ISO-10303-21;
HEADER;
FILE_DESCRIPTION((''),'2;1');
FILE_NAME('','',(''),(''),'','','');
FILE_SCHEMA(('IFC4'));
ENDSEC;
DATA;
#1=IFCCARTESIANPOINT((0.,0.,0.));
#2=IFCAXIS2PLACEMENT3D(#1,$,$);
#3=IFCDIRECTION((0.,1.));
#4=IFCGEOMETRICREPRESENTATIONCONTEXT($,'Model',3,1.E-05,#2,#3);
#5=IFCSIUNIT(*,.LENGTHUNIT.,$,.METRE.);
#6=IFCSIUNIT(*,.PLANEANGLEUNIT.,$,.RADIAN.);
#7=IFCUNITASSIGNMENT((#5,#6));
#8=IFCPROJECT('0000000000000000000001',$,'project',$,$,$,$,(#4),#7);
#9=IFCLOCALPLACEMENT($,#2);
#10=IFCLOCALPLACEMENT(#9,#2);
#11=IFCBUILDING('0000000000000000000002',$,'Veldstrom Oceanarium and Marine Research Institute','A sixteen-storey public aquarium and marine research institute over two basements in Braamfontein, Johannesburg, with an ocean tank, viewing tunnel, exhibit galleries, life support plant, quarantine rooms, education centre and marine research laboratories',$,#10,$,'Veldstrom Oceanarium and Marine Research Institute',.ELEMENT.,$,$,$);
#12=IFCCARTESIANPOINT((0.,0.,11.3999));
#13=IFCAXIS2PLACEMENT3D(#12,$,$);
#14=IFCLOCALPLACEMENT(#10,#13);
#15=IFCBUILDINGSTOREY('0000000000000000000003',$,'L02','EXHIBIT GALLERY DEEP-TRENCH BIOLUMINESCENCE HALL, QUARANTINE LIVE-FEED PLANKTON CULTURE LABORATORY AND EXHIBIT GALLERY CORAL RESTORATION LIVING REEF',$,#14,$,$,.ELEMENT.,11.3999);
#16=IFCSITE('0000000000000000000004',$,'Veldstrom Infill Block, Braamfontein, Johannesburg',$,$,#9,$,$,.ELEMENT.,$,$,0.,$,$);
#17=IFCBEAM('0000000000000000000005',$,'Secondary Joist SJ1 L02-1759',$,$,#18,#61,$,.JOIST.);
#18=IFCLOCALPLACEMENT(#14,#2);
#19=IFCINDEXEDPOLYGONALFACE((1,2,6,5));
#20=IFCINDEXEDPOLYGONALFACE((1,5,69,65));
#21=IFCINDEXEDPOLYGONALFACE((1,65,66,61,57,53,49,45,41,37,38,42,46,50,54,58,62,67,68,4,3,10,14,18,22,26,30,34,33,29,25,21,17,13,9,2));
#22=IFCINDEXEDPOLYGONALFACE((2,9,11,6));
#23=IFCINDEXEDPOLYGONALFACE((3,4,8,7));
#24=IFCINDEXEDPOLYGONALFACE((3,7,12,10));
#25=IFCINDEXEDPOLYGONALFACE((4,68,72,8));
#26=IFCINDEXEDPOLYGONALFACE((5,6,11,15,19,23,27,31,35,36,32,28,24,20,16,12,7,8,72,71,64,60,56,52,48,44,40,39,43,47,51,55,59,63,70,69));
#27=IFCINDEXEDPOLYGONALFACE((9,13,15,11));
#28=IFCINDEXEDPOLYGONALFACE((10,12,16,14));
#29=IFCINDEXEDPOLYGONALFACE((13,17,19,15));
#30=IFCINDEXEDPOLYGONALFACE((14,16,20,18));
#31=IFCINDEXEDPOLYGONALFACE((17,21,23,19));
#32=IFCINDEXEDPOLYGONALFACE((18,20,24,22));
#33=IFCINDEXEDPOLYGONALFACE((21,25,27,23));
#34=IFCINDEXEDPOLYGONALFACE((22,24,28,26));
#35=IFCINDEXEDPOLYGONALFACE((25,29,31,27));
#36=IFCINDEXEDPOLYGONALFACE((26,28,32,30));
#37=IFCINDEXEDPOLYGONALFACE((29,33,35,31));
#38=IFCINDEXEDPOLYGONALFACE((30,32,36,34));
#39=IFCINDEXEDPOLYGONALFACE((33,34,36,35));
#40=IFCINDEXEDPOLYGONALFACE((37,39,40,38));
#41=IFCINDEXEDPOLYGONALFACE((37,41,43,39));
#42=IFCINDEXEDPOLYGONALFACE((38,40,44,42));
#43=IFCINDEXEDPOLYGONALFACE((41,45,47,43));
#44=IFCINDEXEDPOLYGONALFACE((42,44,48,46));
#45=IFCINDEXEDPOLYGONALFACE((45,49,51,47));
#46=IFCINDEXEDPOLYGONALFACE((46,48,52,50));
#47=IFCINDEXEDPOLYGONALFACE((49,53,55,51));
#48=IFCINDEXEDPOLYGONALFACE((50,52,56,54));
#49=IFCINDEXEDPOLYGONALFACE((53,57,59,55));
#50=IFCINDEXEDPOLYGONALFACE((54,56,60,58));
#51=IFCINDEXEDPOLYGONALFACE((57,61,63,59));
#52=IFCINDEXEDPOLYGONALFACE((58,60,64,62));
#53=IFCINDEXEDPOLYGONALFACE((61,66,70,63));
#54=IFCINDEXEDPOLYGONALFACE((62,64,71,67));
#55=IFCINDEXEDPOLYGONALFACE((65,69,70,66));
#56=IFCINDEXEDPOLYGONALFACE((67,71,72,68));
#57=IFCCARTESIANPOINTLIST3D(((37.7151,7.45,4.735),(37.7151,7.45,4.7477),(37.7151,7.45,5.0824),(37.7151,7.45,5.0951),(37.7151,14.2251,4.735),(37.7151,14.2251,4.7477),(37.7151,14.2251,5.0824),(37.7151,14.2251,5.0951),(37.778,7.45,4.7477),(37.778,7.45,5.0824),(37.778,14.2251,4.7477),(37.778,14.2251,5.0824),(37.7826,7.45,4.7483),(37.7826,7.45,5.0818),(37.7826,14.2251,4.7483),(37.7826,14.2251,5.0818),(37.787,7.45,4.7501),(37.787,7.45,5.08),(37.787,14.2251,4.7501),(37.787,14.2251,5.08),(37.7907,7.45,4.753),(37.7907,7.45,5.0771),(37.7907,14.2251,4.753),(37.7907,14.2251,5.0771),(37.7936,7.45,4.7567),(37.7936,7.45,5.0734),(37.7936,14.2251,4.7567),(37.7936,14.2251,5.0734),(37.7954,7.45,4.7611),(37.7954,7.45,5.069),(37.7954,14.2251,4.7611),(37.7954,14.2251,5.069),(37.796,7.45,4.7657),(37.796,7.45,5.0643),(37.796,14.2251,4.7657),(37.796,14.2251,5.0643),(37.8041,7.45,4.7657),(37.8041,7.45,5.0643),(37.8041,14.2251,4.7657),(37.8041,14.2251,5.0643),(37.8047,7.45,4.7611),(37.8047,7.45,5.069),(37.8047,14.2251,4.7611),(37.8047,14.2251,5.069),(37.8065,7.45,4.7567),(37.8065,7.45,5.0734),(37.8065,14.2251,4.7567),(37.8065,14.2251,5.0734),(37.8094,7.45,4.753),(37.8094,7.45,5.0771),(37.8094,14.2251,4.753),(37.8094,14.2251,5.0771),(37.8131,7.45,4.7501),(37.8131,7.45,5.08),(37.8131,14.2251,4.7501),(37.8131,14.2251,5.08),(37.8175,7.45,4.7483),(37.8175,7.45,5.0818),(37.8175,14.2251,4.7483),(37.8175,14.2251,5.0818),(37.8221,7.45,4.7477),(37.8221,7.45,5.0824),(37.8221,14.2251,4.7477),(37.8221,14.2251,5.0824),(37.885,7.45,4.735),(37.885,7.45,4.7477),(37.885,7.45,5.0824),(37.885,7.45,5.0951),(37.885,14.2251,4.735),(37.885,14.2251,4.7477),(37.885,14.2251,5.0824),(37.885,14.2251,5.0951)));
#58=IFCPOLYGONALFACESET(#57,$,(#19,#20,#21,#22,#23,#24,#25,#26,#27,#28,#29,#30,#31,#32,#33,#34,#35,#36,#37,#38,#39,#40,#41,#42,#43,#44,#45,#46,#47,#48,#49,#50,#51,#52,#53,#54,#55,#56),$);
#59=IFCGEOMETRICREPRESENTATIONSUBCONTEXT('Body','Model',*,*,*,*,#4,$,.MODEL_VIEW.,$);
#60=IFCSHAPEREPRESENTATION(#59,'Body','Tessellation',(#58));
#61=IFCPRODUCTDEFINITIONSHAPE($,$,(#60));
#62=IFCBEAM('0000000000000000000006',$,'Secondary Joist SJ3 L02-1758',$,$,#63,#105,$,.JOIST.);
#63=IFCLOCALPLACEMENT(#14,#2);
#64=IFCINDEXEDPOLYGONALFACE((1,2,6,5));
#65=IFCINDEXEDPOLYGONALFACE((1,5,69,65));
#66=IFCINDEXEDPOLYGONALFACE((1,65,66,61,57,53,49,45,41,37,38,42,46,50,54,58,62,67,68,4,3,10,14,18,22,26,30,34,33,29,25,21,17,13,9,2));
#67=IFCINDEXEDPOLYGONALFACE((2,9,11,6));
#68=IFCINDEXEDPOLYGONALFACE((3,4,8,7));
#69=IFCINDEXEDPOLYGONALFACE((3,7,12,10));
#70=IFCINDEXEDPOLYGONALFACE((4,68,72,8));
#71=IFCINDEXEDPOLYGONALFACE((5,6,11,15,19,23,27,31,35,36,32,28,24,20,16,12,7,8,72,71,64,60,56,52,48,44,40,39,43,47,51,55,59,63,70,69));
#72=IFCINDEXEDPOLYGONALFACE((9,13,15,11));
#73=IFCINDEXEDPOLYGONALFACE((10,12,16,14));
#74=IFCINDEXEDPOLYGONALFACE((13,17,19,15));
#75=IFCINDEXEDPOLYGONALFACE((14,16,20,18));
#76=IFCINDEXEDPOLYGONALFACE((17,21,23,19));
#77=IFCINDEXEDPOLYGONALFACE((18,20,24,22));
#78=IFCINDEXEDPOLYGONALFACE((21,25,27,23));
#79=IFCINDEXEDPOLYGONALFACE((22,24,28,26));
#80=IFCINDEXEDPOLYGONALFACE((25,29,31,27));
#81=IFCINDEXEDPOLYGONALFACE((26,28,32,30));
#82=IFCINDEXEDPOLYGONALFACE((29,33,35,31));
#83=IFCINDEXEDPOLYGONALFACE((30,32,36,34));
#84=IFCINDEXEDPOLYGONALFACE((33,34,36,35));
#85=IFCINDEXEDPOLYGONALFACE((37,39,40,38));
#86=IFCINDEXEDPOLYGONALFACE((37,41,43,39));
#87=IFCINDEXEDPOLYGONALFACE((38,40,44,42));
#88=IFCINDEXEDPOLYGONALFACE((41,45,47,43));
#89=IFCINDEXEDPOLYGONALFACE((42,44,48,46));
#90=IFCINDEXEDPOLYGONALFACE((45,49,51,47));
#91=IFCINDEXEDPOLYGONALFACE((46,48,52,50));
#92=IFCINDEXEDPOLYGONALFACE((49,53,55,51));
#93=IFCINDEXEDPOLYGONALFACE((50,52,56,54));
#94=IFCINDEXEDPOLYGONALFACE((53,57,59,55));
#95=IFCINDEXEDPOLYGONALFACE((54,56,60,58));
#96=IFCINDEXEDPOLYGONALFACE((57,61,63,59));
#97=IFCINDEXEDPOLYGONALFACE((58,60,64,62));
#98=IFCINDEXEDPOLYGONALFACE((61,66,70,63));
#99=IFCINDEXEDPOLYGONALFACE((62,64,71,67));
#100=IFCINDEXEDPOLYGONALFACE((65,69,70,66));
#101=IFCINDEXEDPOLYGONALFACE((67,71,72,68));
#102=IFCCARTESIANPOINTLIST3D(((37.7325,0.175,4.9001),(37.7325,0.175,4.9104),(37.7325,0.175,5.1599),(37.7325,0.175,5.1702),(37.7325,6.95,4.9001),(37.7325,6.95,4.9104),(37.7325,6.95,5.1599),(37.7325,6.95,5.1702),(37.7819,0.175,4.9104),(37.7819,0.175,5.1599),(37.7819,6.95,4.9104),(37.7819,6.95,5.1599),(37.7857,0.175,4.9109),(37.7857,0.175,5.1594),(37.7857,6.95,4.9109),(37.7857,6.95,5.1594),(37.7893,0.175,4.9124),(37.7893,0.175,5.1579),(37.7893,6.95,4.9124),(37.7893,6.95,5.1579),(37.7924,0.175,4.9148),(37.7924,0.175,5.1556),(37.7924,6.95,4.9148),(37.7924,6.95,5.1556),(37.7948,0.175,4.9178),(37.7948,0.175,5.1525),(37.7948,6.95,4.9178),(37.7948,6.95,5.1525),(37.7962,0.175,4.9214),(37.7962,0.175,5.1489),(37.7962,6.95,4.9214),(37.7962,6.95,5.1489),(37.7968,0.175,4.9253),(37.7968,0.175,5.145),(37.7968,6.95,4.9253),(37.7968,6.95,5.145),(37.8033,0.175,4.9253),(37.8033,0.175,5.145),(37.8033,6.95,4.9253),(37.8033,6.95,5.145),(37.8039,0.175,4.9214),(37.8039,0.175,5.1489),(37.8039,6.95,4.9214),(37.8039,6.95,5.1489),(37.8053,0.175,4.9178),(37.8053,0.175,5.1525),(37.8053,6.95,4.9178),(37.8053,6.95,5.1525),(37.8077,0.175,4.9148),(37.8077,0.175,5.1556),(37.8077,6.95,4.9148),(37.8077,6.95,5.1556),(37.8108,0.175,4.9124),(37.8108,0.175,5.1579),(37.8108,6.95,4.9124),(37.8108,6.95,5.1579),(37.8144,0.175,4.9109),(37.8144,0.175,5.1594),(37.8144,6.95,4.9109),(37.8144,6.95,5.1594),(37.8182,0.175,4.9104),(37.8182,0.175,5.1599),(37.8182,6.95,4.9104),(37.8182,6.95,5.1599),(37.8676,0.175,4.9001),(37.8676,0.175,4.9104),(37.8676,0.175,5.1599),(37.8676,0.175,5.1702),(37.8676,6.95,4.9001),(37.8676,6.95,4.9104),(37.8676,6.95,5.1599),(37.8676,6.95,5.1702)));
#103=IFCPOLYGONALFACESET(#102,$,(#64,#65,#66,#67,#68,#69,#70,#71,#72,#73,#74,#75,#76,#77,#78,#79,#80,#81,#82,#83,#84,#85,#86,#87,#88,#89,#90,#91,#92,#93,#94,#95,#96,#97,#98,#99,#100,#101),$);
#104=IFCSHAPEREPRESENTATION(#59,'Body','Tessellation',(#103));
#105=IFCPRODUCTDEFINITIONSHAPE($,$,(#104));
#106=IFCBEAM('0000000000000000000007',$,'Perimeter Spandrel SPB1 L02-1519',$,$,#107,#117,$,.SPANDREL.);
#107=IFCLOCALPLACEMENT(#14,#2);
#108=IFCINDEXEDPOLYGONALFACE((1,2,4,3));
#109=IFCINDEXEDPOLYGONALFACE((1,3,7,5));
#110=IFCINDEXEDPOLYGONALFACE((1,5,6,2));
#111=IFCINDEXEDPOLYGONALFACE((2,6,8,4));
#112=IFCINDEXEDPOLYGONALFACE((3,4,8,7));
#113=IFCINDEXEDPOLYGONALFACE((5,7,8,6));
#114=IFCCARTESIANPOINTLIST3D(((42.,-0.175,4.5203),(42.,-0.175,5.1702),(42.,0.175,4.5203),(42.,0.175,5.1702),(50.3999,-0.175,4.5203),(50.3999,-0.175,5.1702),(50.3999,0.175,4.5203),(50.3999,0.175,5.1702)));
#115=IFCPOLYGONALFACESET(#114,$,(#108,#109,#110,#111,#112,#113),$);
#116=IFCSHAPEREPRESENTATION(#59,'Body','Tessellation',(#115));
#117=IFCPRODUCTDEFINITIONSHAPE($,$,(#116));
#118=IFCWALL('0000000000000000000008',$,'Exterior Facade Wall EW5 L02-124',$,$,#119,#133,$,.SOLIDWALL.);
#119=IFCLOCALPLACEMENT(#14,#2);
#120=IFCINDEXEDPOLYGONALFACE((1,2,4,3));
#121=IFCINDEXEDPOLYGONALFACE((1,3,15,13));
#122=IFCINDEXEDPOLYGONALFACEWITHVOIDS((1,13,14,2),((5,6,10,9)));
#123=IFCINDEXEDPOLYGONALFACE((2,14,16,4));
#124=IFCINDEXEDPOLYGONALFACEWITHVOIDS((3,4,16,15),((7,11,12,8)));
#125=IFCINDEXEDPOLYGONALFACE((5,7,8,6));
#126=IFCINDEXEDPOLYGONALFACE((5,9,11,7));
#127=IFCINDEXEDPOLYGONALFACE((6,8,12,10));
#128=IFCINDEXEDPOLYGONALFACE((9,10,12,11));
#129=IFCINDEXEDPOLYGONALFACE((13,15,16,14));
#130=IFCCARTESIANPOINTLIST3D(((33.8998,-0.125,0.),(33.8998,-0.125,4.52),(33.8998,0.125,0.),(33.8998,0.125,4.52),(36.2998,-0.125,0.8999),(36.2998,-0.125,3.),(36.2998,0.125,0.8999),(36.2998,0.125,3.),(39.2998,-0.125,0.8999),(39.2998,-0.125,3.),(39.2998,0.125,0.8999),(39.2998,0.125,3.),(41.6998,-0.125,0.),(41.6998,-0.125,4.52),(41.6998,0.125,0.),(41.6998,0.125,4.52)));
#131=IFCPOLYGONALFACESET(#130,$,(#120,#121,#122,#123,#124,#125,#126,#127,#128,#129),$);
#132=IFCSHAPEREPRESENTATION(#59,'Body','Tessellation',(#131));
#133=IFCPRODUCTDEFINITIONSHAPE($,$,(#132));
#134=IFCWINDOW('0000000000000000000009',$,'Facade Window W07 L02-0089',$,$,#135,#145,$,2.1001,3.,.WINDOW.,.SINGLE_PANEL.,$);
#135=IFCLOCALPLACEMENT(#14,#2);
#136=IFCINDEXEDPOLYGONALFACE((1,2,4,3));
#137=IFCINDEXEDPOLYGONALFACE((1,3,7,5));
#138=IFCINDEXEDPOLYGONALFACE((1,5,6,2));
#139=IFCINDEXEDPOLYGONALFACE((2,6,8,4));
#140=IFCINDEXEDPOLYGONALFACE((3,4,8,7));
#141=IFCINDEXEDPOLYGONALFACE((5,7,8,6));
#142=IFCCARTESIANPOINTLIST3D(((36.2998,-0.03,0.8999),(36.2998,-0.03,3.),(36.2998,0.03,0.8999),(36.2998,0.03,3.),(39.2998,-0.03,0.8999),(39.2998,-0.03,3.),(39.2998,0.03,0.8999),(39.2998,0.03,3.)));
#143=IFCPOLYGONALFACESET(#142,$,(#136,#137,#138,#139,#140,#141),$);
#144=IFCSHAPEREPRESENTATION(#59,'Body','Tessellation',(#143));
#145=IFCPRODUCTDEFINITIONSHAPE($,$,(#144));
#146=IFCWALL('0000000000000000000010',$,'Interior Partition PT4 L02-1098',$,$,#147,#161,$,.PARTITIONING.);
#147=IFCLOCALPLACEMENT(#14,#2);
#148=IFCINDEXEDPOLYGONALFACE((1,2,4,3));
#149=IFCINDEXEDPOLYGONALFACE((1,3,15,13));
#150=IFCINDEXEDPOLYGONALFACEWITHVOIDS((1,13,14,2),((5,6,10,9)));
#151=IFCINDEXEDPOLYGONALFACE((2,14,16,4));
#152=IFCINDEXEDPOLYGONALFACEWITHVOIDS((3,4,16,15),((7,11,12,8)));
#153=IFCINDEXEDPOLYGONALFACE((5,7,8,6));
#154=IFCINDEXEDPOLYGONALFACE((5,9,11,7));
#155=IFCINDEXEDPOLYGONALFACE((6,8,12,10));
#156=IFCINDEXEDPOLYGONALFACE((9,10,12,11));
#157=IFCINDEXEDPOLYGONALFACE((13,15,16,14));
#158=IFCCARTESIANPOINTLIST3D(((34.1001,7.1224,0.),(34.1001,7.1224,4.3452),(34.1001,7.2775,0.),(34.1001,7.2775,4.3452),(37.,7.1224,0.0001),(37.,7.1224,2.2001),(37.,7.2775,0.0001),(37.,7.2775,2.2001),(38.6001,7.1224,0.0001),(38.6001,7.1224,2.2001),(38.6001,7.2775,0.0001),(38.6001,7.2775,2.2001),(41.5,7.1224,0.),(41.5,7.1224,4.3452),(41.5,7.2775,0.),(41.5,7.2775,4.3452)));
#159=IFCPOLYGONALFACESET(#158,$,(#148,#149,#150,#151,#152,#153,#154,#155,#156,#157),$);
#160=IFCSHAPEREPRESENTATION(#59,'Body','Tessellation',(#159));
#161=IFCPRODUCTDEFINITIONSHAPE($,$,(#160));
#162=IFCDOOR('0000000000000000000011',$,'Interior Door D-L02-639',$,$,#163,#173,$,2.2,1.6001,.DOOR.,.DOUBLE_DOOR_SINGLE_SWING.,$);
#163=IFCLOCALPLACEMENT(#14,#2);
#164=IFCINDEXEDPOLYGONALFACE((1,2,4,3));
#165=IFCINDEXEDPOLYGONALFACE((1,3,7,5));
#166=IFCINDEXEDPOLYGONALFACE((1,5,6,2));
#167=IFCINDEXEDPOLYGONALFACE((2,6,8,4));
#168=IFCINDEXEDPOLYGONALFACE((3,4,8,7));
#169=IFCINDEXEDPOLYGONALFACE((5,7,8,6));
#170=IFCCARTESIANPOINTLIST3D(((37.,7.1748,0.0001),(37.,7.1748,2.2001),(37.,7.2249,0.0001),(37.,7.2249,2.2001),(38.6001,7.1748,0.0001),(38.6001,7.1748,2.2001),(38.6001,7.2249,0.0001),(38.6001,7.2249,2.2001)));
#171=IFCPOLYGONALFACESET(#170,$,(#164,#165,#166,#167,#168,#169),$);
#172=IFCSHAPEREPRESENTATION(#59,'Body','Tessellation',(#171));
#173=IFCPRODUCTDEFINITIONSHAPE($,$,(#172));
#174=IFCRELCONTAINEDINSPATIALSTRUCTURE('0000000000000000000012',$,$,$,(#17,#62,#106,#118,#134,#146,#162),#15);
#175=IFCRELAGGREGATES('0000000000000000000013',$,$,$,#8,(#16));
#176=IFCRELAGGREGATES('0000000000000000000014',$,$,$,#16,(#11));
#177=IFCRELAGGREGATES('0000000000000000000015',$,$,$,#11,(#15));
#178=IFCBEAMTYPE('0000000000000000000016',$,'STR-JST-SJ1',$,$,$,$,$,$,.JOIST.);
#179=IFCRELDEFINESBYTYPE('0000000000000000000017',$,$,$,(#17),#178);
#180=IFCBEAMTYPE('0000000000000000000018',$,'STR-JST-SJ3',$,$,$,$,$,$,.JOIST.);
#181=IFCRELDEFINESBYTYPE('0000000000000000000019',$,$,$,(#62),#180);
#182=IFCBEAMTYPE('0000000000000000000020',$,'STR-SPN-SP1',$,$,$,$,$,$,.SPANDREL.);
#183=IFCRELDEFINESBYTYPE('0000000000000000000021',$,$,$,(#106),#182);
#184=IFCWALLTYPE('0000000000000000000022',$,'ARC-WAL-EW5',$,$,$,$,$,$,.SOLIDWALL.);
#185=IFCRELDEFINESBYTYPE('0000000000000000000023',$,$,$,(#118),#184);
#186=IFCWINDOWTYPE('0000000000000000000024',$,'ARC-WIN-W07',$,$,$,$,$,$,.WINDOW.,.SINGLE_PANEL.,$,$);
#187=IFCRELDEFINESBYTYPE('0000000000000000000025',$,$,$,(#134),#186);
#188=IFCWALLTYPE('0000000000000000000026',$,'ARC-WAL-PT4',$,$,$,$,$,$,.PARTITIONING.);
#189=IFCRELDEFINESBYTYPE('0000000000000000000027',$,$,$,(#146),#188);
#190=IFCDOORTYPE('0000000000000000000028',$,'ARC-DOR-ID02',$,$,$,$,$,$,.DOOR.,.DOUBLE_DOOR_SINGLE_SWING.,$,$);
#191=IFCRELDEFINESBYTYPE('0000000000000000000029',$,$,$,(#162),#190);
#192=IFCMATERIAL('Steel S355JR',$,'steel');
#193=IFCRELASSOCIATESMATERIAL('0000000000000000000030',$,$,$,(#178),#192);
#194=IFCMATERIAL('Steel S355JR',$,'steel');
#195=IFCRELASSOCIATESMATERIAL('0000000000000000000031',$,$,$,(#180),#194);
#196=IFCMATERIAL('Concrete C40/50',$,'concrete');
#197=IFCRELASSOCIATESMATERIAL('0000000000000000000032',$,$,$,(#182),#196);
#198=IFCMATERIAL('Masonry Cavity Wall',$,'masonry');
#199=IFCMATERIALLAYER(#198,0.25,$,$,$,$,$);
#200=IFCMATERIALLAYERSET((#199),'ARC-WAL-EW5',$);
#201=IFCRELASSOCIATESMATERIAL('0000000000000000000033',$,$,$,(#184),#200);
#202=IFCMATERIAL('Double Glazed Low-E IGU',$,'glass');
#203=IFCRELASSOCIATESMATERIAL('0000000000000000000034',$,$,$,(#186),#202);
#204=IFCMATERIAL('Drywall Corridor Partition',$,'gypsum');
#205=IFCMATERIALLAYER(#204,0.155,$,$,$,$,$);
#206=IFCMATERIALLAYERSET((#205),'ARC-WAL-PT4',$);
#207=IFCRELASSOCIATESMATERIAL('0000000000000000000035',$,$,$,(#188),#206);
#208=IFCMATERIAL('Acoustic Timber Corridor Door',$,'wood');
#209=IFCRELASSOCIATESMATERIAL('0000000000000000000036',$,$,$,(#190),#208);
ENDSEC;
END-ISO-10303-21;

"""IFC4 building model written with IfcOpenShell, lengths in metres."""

from ifc_helpers import new_model, si_unit, direction, frame, frame_2d, origin, origin_2d, place, context, subcontext, project, spatial, rectangle, i_section, extrude, material, layer, layer_set, material_profile, profile_set, type_object, element, fill, save


model = new_model("IFC4")

# Units and contexts
model_context = context("Model", 3, precision=1e-05, world=origin(), true_north=direction((0.0, 1.0)))
body_context = subcontext(model_context, "Body", "Model", "MODEL_VIEW")
ifc_project = project(units=[si_unit("LENGTHUNIT", "METRE"), si_unit("PLANEANGLEUNIT", "RADIAN")], contexts=[model_context])

# Site, building, storey
site_placement = place(None, origin())
site = spatial("IfcSite", under=ifc_project, at=site_placement, Name="Veldstrom Infill Block, Braamfontein, Johannesburg", CompositionType="ELEMENT", RefElevation=0.0)
building_placement = place(site_placement, origin())
building = spatial("IfcBuilding", under=site, at=building_placement, Name="Veldstrom Oceanarium and Marine Research Institute", Description="A sixteen-storey public aquarium and marine research institute over two basements in Braamfontein, Johannesburg, with an ocean tank, viewing tunnel, exhibit galleries, life support plant, quarantine rooms, education centre and marine research laboratories", LongName="Veldstrom Oceanarium and Marine Research Institute", CompositionType="ELEMENT")
storey_placement = place(building_placement, frame((0.0, 0.0, 11.3999)))
storey = spatial("IfcBuildingStorey", under=building, at=storey_placement, Name="L02", Description="EXHIBIT GALLERY DEEP-TRENCH BIOLUMINESCENCE HALL, QUARANTINE LIVE-FEED PLANKTON CULTURE LABORATORY AND EXHIBIT GALLERY CORAL RESTORATION LIVING REEF", CompositionType="ELEMENT", Elevation=11.3999)

# Beams
ifc_material_1 = material(Name="Steel S355JR", Category="steel")
ifc_material_profile_1 = material_profile(ifc_material_1, i_section(OverallWidth=0.1699, OverallDepth=0.3601, WebThickness=0.0081, FlangeThickness=0.0127, FilletRadius=0.0181, at=origin_2d()), Name="IPE 360")
ifc_profile_set_1 = profile_set([ifc_material_profile_1], Name="Steel S355JR")
beam_type_1 = type_object("IfcBeamType", Name="STR-JST-SJ1", PredefinedType="JOIST", material=ifc_profile_set_1)
beam_1_placement = place(storey_placement, frame((37.8, 7.45, 4.915), z_axis=(0.0, 1.0, 0.0), x_axis=(-1.0, 0.0, 0.0)))
element("IfcBeam", 1, at=beam_1_placement, inside=storey, type_object=beam_type_1, Name="Secondary Joist SJ1 L02-1759", PredefinedType="JOIST", context=body_context, shape_type="SweptSolid", body=[
    extrude(i_section(OverallWidth=0.1699, OverallDepth=0.3601, WebThickness=0.0081, FlangeThickness=0.0127, FilletRadius=0.0181, at=origin_2d()), origin(), (0.0, 0.0, 1.0), 6.7751),
])
ifc_material_2 = material(Name="Steel S355JR", Category="steel")
ifc_material_profile_2 = material_profile(ifc_material_2, i_section(OverallWidth=0.135, OverallDepth=0.27, WebThickness=0.0066, FlangeThickness=0.0103, FilletRadius=0.0149, at=origin_2d()), Name="IPE 270")
ifc_profile_set_2 = profile_set([ifc_material_profile_2], Name="Steel S355JR")
beam_type_2 = type_object("IfcBeamType", Name="STR-JST-SJ3", PredefinedType="JOIST", material=ifc_profile_set_2)
beam_2_placement = place(storey_placement, frame((37.8, 0.175, 5.0352), z_axis=(0.0, 1.0, 0.0), x_axis=(-1.0, 0.0, 0.0)))
element("IfcBeam", 2, at=beam_2_placement, inside=storey, type_object=beam_type_2, Name="Secondary Joist SJ3 L02-1758", PredefinedType="JOIST", context=body_context, shape_type="SweptSolid", body=[
    extrude(i_section(OverallWidth=0.135, OverallDepth=0.27, WebThickness=0.0066, FlangeThickness=0.0103, FilletRadius=0.0149, at=origin_2d()), origin(), (0.0, 0.0, 1.0), 6.7749),
])
ifc_material_3 = material(Name="Concrete C40/50", Category="concrete")
ifc_material_profile_3 = material_profile(ifc_material_3, rectangle(XDim=0.3501, YDim=0.6499, at=origin_2d()), Name="RC-SPN-350x650")
ifc_profile_set_3 = profile_set([ifc_material_profile_3], Name="Concrete C40/50")
beam_type_3 = type_object("IfcBeamType", Name="STR-SPN-SP1", PredefinedType="SPANDREL", material=ifc_profile_set_3)
beam_3_placement = place(storey_placement, frame((42.0, 0.0, 4.8452), z_axis=(1.0, 0.0, 0.0), x_axis=(0.0, 1.0, 0.0)))
element("IfcBeam", 3, at=beam_3_placement, inside=storey, type_object=beam_type_3, Name="Perimeter Spandrel SPB1 L02-1519", PredefinedType="SPANDREL", context=body_context, shape_type="SweptSolid", body=[
    extrude(rectangle(XDim=0.3501, YDim=0.6499, at=origin_2d()), origin(), (0.0, 0.0, 1.0), 8.3999),
])

# Wall, opening, window
ifc_material_4 = material(Name="Masonry Cavity Wall", Category="masonry")
ifc_layer_1 = layer(ifc_material_4, 0.25)
ifc_layer_set_1 = layer_set([ifc_layer_1], Name="ARC-WAL-EW5")
wall_type_1 = type_object("IfcWallType", Name="ARC-WAL-EW5", PredefinedType="SOLIDWALL", material=ifc_layer_set_1)
wall_1_placement = place(storey_placement, frame((33.8999, 0.0, 0.0), z_axis=(0.0, 0.0, 1.0), x_axis=(1.0, 0.0, 0.0)))
wall_1 = element("IfcWall", 4, at=wall_1_placement, inside=storey, type_object=wall_type_1, Name="Exterior Facade Wall EW5 L02-124", PredefinedType="SOLIDWALL", context=body_context, shape_type="SweptSolid", body=[
    extrude(rectangle(XDim=7.8, YDim=0.25, at=frame_2d((3.8999, 0.0))), origin(), (0.0, 0.0, 1.0), 4.52),
])
opening_1_placement = place(wall_1_placement, frame((2.3999, 0.0, 0.8999)))
opening_1 = element("IfcOpeningElement", 5, at=opening_1_placement, cuts=wall_1, PredefinedType="OPENING", context=body_context, shape_type="SweptSolid", body=[
    extrude(rectangle(XDim=3.0, YDim=2.1001, at=frame_2d((1.5, 1.05))), frame((0.0, 0.135, 0.0), z_axis=(0.0, -1.0, 0.0), x_axis=(1.0, 0.0, 0.0)), (0.0, 0.0, 1.0), 0.27),
])
ifc_material_5 = material(Name="Double Glazed Low-E IGU", Category="glass")
window_type = type_object("IfcWindowType", Name="ARC-WIN-W07", PartitioningType="SINGLE_PANEL", PredefinedType="WINDOW", material=ifc_material_5)
window_placement = place(opening_1_placement, origin())
window = element("IfcWindow", 6, at=window_placement, inside=storey, type_object=window_type, Name="Facade Window W07 L02-0089", OverallHeight=2.1001, OverallWidth=3.0, PartitioningType="SINGLE_PANEL", PredefinedType="WINDOW", context=body_context, shape_type="SweptSolid", body=[
    extrude(rectangle(XDim=3.0, YDim=2.1001, at=frame_2d((1.5, 1.05))), frame((0.0, 0.03, 0.0), z_axis=(0.0, -1.0, 0.0), x_axis=(1.0, 0.0, 0.0)), (0.0, 0.0, 1.0), 0.0601),
])
fill(opening_1, window)

# Wall, opening, door
ifc_material_6 = material(Name="Drywall Corridor Partition", Category="gypsum")
ifc_layer_2 = layer(ifc_material_6, 0.155)
ifc_layer_set_2 = layer_set([ifc_layer_2], Name="ARC-WAL-PT4")
wall_type_2 = type_object("IfcWallType", Name="ARC-WAL-PT4", PredefinedType="PARTITIONING", material=ifc_layer_set_2)
wall_2_placement = place(storey_placement, frame((34.1001, 7.2, 0.0), z_axis=(0.0, 0.0, 1.0), x_axis=(1.0, 0.0, 0.0)))
wall_2 = element("IfcWall", 7, at=wall_2_placement, inside=storey, type_object=wall_type_2, Name="Interior Partition PT4 L02-1098", PredefinedType="PARTITIONING", context=body_context, shape_type="SweptSolid", body=[
    extrude(rectangle(XDim=7.3999, YDim=0.155, at=frame_2d((3.7, 0.0))), origin(), (0.0, 0.0, 1.0), 4.3452),
])
opening_2_placement = place(wall_2_placement, frame((2.8999, 0.0, 0.0)))
opening_2 = element("IfcOpeningElement", 8, at=opening_2_placement, cuts=wall_2, PredefinedType="OPENING", context=body_context, shape_type="SweptSolid", body=[
    extrude(rectangle(XDim=1.6001, YDim=2.2, at=frame_2d((0.8, 1.1001))), frame((0.0, 0.0874, 0.0), z_axis=(0.0, -1.0, 0.0), x_axis=(1.0, 0.0, 0.0)), (0.0, 0.0, 1.0), 0.175),
])
ifc_material_7 = material(Name="Acoustic Timber Corridor Door", Category="wood")
door_type_1 = type_object("IfcDoorType", Name="ARC-DOR-ID02", OperationType="DOUBLE_DOOR_SINGLE_SWING", PredefinedType="DOOR", material=ifc_material_7)
door_1_placement = place(opening_2_placement, origin())
door_1 = element("IfcDoor", 9, at=door_1_placement, inside=storey, type_object=door_type_1, Name="Interior Door D-L02-639", OperationType="DOUBLE_DOOR_SINGLE_SWING", OverallHeight=2.2, OverallWidth=1.6001, PredefinedType="DOOR", context=body_context, shape_type="SweptSolid", body=[
    extrude(rectangle(XDim=1.6001, YDim=2.2, at=frame_2d((0.8, 1.1001))), frame((0.0, 0.0249, 0.0), z_axis=(0.0, -1.0, 0.0), x_axis=(1.0, 0.0, 0.0)), (0.0, 0.0, 1.0), 0.05),
])
fill(opening_2, door_1)

save(model, "model.ifc")
